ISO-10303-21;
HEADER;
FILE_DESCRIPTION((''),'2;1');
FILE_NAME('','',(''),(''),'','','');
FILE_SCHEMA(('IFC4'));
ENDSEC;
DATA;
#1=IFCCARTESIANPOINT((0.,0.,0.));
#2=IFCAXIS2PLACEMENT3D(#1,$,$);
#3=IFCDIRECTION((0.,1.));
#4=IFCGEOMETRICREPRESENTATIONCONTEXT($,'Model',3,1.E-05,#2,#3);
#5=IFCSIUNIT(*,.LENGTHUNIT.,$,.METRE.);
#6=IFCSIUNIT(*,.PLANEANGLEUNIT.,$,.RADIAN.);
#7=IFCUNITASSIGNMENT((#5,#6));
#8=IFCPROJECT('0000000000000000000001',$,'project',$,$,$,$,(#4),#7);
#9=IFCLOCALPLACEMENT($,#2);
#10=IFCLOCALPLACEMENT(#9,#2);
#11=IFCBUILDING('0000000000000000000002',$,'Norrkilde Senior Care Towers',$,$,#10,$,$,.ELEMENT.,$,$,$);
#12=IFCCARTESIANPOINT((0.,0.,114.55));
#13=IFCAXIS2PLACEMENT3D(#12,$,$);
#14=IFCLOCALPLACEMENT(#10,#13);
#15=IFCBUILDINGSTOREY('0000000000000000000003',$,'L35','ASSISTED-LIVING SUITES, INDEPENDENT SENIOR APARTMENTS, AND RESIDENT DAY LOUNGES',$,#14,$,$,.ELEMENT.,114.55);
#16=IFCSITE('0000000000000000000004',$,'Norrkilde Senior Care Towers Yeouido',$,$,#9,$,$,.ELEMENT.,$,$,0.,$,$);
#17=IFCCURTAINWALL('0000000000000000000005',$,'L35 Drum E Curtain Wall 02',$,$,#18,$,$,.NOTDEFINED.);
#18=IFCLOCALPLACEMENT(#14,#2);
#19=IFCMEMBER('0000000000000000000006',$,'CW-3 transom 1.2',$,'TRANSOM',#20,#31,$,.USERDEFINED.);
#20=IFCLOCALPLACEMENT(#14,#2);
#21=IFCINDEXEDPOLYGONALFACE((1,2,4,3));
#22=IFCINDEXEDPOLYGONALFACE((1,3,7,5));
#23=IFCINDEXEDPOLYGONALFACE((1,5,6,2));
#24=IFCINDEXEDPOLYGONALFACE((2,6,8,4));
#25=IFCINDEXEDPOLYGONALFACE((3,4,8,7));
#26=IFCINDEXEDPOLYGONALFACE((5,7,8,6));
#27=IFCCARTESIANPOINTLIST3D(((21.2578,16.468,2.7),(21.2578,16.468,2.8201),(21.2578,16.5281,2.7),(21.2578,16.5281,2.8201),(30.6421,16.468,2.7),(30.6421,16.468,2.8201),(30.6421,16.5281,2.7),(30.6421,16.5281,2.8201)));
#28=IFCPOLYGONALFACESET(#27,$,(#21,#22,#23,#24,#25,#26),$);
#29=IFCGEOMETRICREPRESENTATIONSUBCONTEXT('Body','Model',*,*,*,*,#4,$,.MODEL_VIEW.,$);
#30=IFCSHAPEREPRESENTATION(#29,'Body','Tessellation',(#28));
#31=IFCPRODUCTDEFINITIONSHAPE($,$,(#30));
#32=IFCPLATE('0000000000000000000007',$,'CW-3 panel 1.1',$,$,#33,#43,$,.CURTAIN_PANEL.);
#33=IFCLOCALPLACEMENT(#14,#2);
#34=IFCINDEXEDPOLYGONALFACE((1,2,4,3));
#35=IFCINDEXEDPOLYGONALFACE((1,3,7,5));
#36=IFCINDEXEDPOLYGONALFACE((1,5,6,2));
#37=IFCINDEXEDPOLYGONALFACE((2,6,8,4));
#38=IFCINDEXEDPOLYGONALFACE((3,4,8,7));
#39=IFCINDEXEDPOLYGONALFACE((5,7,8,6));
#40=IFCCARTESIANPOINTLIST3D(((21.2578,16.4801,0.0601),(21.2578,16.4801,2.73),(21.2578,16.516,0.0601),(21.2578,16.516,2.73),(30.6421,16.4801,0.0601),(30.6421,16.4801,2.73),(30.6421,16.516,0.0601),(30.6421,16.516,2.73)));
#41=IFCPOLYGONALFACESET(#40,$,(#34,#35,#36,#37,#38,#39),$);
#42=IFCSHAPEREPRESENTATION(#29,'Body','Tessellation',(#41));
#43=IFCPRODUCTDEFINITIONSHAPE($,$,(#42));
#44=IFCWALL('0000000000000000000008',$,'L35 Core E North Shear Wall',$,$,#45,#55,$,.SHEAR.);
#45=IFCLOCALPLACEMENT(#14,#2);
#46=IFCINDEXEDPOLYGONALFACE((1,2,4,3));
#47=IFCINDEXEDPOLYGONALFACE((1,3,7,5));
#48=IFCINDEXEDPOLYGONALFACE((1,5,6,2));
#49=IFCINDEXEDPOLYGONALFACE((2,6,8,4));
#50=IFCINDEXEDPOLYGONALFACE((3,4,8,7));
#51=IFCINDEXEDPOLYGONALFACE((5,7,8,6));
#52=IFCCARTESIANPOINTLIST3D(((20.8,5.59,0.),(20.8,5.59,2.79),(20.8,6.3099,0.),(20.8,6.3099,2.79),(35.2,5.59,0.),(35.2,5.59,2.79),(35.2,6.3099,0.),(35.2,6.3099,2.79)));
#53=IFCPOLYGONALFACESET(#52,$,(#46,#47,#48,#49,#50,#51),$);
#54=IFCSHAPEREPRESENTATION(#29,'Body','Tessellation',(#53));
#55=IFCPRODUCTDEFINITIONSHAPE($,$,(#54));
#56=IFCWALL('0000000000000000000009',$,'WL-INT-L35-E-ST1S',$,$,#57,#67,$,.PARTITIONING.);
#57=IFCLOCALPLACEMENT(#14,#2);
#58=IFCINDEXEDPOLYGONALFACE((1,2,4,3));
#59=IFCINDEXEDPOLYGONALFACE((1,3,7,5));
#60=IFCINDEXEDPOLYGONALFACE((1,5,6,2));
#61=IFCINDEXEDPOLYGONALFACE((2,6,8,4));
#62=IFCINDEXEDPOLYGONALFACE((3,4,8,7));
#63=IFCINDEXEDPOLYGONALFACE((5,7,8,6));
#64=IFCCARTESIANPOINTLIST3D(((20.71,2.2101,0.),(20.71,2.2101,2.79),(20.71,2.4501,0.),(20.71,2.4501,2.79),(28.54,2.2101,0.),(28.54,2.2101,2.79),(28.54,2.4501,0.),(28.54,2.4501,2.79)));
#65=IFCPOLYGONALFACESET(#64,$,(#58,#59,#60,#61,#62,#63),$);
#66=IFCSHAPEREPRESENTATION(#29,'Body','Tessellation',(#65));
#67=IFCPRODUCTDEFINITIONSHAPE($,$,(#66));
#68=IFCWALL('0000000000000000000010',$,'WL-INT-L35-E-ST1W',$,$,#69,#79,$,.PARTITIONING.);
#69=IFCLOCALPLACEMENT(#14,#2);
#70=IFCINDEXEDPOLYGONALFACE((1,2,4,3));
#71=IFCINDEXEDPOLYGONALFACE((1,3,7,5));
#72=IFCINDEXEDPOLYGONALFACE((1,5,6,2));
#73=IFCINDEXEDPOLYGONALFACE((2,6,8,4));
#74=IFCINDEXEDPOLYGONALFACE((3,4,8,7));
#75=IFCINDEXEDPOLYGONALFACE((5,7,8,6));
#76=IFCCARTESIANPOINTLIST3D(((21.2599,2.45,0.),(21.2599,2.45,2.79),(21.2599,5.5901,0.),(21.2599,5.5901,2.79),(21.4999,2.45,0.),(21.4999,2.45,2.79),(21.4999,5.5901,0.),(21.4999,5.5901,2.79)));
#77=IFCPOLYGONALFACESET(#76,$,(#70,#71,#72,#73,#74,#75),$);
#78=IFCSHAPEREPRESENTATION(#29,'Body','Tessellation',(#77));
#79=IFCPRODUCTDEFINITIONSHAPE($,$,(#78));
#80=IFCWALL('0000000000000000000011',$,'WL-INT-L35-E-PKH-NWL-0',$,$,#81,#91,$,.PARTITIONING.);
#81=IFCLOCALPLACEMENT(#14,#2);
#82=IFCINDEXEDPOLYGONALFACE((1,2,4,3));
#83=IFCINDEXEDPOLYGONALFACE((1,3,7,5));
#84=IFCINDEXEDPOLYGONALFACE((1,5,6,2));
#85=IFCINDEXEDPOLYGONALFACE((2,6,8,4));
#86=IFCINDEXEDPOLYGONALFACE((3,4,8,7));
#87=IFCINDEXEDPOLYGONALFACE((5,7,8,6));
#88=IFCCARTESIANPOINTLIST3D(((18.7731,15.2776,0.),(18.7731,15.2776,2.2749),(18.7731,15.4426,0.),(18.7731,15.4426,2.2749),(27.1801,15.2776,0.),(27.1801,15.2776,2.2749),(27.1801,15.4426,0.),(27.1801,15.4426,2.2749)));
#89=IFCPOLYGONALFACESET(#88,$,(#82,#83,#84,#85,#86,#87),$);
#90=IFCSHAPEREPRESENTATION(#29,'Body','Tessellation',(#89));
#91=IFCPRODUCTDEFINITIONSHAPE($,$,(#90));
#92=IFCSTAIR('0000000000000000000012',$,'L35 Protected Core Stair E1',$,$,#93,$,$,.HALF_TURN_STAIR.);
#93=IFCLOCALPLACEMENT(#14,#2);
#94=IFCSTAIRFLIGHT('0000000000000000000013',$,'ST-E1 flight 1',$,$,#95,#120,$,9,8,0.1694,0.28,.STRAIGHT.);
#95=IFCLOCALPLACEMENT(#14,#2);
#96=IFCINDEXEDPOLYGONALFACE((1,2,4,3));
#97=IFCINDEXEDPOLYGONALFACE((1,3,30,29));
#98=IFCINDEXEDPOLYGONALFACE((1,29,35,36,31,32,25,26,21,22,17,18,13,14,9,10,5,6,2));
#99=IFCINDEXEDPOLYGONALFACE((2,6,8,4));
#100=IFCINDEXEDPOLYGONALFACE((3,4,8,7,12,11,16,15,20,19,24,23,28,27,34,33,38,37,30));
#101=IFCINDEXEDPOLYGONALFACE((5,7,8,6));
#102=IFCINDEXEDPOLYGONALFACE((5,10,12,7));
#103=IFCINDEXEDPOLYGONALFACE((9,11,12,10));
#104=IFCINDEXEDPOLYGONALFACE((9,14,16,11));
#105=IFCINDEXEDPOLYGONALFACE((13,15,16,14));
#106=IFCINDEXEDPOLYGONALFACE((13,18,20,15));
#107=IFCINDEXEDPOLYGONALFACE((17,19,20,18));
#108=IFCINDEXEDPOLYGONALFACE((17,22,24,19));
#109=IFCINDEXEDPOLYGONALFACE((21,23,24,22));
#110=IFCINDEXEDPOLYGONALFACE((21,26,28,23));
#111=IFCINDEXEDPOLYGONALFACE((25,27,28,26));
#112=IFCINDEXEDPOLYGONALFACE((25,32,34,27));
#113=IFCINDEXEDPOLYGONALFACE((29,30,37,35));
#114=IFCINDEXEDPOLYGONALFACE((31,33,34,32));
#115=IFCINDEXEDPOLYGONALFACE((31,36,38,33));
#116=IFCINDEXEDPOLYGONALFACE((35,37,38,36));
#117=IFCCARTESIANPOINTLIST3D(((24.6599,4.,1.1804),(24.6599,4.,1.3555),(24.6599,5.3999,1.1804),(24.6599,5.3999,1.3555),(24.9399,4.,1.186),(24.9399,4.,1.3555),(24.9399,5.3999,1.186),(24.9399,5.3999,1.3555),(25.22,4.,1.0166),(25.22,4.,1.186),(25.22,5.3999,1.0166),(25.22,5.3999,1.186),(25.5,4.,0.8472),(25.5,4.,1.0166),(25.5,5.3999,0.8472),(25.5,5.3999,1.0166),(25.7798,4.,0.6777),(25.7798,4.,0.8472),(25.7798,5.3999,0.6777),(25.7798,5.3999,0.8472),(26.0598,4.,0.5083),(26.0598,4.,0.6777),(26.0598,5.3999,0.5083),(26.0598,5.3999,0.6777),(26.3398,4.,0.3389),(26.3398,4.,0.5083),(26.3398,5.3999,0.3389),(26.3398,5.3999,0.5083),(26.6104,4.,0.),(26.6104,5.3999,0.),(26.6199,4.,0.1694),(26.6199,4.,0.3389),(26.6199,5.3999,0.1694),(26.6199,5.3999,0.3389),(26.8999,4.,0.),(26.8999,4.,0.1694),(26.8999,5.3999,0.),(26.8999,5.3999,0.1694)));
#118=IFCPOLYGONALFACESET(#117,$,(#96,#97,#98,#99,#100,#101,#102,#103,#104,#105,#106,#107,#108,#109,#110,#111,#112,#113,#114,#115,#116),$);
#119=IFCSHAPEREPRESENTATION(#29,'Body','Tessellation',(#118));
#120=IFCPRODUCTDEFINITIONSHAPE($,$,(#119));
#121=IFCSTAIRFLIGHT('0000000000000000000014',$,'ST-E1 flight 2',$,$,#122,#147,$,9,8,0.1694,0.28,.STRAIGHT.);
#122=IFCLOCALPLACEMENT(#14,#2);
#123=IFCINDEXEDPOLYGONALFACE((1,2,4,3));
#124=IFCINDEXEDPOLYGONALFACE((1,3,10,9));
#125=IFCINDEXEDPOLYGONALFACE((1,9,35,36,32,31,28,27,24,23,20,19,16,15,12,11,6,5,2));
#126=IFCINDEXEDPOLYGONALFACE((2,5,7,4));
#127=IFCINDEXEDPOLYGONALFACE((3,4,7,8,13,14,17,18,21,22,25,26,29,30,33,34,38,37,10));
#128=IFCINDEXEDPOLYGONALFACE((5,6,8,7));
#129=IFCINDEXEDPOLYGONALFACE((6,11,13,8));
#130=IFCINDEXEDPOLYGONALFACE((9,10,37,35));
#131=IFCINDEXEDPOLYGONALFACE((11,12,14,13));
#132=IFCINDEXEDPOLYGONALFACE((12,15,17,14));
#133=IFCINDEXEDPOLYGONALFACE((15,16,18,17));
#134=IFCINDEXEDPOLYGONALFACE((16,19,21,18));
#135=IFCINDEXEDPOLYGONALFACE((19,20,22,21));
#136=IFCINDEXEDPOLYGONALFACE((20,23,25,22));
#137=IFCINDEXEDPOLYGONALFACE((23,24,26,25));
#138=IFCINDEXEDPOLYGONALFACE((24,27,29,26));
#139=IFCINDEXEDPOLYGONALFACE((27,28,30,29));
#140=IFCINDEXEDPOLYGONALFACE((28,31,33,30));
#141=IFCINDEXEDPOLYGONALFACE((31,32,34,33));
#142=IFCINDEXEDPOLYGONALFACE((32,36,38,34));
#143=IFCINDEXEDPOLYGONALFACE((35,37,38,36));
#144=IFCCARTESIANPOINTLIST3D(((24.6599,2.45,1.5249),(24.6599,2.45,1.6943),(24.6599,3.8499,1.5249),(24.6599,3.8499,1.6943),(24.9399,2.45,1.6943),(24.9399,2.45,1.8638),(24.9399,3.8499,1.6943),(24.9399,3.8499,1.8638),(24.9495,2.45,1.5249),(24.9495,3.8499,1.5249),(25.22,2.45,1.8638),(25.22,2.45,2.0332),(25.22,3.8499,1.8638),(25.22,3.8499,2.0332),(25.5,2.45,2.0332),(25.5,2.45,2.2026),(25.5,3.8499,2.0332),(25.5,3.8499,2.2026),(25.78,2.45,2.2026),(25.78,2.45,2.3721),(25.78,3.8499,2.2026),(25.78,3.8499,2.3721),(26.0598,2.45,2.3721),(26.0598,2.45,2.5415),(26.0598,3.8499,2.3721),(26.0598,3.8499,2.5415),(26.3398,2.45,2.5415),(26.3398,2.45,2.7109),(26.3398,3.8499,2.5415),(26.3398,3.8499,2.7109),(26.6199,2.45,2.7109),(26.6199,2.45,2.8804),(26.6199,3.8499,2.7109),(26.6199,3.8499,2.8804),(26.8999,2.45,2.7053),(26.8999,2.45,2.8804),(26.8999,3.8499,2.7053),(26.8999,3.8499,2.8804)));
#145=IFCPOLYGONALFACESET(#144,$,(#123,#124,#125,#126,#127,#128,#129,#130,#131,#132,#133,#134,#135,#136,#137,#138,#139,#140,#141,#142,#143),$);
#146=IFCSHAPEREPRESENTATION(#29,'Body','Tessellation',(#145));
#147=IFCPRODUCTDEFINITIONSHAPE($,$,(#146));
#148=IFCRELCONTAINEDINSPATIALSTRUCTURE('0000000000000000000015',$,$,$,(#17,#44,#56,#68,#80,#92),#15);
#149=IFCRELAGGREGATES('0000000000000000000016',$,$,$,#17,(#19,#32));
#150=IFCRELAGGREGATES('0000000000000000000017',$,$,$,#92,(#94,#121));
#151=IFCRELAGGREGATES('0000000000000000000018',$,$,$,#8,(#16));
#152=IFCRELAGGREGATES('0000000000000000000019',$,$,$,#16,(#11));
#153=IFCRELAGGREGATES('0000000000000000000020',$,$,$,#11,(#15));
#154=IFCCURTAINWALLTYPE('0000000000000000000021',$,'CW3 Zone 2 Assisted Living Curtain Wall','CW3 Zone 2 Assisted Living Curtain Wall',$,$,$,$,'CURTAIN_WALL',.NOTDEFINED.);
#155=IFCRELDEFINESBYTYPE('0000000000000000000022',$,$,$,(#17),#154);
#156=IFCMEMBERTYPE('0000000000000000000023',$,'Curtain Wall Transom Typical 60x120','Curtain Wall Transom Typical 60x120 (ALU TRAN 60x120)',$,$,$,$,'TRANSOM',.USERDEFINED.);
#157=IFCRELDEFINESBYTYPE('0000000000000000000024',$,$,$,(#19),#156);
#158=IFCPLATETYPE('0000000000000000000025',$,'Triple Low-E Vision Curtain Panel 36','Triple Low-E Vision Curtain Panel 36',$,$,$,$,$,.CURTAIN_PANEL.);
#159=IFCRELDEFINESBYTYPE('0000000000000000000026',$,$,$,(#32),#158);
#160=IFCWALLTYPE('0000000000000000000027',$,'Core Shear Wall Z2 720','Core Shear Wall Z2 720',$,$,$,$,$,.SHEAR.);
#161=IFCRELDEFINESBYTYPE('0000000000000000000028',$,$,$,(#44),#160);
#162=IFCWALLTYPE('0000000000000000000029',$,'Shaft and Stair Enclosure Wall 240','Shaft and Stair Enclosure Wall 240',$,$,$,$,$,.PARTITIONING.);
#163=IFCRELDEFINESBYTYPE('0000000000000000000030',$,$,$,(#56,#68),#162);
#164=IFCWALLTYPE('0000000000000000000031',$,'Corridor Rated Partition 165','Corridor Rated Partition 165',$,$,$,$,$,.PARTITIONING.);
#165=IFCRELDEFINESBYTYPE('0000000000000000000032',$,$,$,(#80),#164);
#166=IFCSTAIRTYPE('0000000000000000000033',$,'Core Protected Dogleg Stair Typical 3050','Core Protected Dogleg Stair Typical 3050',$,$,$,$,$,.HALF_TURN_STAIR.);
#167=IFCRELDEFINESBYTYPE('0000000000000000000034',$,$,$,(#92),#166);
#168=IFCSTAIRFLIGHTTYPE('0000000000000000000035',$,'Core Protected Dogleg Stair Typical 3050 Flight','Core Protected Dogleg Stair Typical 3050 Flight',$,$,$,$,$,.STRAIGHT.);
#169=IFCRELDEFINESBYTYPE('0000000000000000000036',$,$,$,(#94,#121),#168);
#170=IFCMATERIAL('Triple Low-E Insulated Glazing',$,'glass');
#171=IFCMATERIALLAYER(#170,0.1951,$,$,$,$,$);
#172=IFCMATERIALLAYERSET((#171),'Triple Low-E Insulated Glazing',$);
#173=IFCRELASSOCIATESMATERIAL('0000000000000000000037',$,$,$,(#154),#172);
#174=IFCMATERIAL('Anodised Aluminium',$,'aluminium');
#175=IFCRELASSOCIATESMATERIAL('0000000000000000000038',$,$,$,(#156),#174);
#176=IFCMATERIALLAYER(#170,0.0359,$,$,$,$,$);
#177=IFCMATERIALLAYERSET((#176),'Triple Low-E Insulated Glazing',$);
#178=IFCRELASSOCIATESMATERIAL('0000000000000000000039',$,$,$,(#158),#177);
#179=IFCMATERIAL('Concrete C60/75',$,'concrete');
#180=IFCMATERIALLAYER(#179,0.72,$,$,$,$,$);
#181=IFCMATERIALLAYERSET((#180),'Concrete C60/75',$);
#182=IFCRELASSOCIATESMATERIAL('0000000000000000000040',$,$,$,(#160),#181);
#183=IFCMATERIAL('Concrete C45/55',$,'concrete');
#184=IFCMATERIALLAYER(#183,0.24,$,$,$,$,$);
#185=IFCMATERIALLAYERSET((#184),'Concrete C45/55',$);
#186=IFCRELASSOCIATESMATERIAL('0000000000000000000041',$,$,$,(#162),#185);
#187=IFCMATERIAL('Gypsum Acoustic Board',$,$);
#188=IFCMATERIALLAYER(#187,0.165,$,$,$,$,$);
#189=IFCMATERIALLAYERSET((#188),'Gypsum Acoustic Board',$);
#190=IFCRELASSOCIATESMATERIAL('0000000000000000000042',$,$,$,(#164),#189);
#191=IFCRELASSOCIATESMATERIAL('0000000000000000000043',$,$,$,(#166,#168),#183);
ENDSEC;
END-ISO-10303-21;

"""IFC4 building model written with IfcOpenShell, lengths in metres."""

from ifc_helpers import new_model, si_unit, direction, frame, frame_2d, origin, origin_2d, place, context, subcontext, project, spatial, polyline, rectangle, outline, extrude, source, transform, mapped, material, layer, layer_set, material_profile, profile_set, type_object, type_shapes, element, aggregate, save


model = new_model("IFC4")

# Units and contexts
model_context = context("Model", 3, precision=1e-05, world=origin(), true_north=direction((0.0, 1.0)))
body_context = subcontext(model_context, "Body", "Model", "MODEL_VIEW")
ifc_project = project(units=[si_unit("LENGTHUNIT", "METRE"), si_unit("PLANEANGLEUNIT", "RADIAN")], contexts=[model_context])

# Site, building, storey
site_placement = place(None, origin())
site = spatial("IfcSite", under=ifc_project, at=site_placement, Name="Norrkilde Senior Care Towers Yeouido", CompositionType="ELEMENT", RefElevation=0.0)
building_placement = place(site_placement, origin())
building = spatial("IfcBuilding", under=site, at=building_placement, Name="Norrkilde Senior Care Towers", CompositionType="ELEMENT")
storey_placement = place(building_placement, frame((0.0, 0.0, 114.55)))
storey = spatial("IfcBuildingStorey", under=building, at=storey_placement, Name="L35", Description="ASSISTED-LIVING SUITES, INDEPENDENT SENIOR APARTMENTS, AND RESIDENT DAY LOUNGES", CompositionType="ELEMENT", Elevation=114.55)

# Shared definitions
ifc_material_1 = material(Name="Concrete C60/75", Category="concrete")

# Curtain wall, member, plate
ifc_material_2 = material(Name="Triple Low-E Insulated Glazing", Category="glass")
ifc_layer_1 = layer(ifc_material_2, 0.1951)
ifc_layer_set_1 = layer_set([ifc_layer_1], Name="Triple Low-E Insulated Glazing")
curtain_wall_type = type_object("IfcCurtainWallType", Name="CW3 Zone 2 Assisted Living Curtain Wall", Description="CW3 Zone 2 Assisted Living Curtain Wall", ElementType="CURTAIN_WALL", PredefinedType="NOTDEFINED", material=ifc_layer_set_1)
curtain_wall_placement = place(storey_placement, origin())
curtain_wall = element("IfcCurtainWall", 1, at=curtain_wall_placement, inside=storey, type_object=curtain_wall_type, Name="L35 Drum E Curtain Wall 02", PredefinedType="NOTDEFINED")
ifc_material_3 = material(Name="Anodised Aluminium", Category="aluminium")
ifc_material_profile_1 = material_profile(ifc_material_3, rectangle(XDim=0.0601, YDim=0.1201, at=origin_2d()), Name="ALU TRAN 60x120")
ifc_profile_set_1 = profile_set([ifc_material_profile_1], Name="Anodised Aluminium")
member_type_1 = type_object("IfcMemberType", Name="Curtain Wall Transom Typical 60x120", Description="Curtain Wall Transom Typical 60x120 (ALU TRAN 60x120)", ElementType="TRANSOM", PredefinedType="USERDEFINED", material=ifc_profile_set_1)
shared_shape_1 = source(origin(), body_context, "Body", "SweptSolid", [
    extrude(rectangle(XDim=0.0601, YDim=0.1201, at=origin_2d()), origin(), (0.0, 0.0, 1.0), 9.3843),
])
type_shapes(member_type_1, [shared_shape_1])
member_1_placement = place(storey_placement, frame((21.2578, 16.498, 2.76), z_axis=(1.0, 0.0, 0.0), x_axis=(0.0, 1.0, 0.0)))
member_1 = element("IfcMember", 2, at=member_1_placement, type_object=member_type_1, Name="CW-3 transom 1.2", ObjectType="TRANSOM", PredefinedType="USERDEFINED", context=body_context, shape_type="MappedRepresentation", body=[
    mapped(shared_shape_1, transform((0.0, 0.0, 0.0), x_axis=(1.0, 0.0, 0.0), y_axis=(0.0, 1.0, 0.0), z_axis=(0.0, 0.0, 1.0), scale=1.0)),
])
ifc_layer_2 = layer(ifc_material_2, 0.0359)
ifc_layer_set_2 = layer_set([ifc_layer_2], Name="Triple Low-E Insulated Glazing")
plate_type = type_object("IfcPlateType", Name="Triple Low-E Vision Curtain Panel 36", Description="Triple Low-E Vision Curtain Panel 36", PredefinedType="CURTAIN_PANEL", material=ifc_layer_set_2)
shared_shape_2 = source(origin(), body_context, "Body", "SweptSolid", [
    extrude(rectangle(XDim=9.3843, YDim=0.0359, at=origin_2d()), origin(), (0.0, 0.0, 1.0), 2.6699),
])
type_shapes(plate_type, [shared_shape_2])
plate_placement = place(storey_placement, frame((25.95, 16.498, 0.0601), z_axis=(0.0, 0.0, 1.0), x_axis=(1.0, 0.0, 0.0)))
plate = element("IfcPlate", 3, at=plate_placement, type_object=plate_type, Name="CW-3 panel 1.1", PredefinedType="CURTAIN_PANEL", context=body_context, shape_type="MappedRepresentation", body=[
    mapped(shared_shape_2, transform((0.0, 0.0, 0.0), x_axis=(1.0, 0.0, 0.0), y_axis=(0.0, 1.0, 0.0), z_axis=(0.0, 0.0, 1.0), scale=1.0)),
])
aggregate(curtain_wall, [member_1, plate])

# Walls
ifc_layer_3 = layer(ifc_material_1, 0.72)
ifc_layer_set_3 = layer_set([ifc_layer_3], Name="Concrete C60/75")
wall_type_1 = type_object("IfcWallType", Name="Core Shear Wall Z2 720", Description="Core Shear Wall Z2 720", PredefinedType="SHEAR", material=ifc_layer_set_3)
shared_shape_3 = source(origin(), body_context, "Body", "SweptSolid", [
    extrude(rectangle(XDim=14.3999, YDim=0.72, at=frame_2d((7.2, 0.0))), origin(), (0.0, 0.0, 1.0), 2.79),
])
type_shapes(wall_type_1, [shared_shape_3])
wall_1_placement = place(storey_placement, frame((20.8, 5.95, 0.0), z_axis=(0.0, 0.0, 1.0), x_axis=(1.0, 0.0, 0.0)))
element("IfcWall", 4, at=wall_1_placement, inside=storey, type_object=wall_type_1, Name="L35 Core E North Shear Wall", PredefinedType="SHEAR", context=body_context, shape_type="MappedRepresentation", body=[
    mapped(shared_shape_3, transform((0.0, 0.0, 0.0), x_axis=(1.0, 0.0, 0.0), y_axis=(0.0, 1.0, 0.0), z_axis=(0.0, 0.0, 1.0), scale=1.0)),
])
ifc_material_4 = material(Name="Concrete C45/55", Category="concrete")
ifc_layer_4 = layer(ifc_material_4, 0.24)
ifc_layer_set_4 = layer_set([ifc_layer_4], Name="Concrete C45/55")
wall_type_2 = type_object("IfcWallType", Name="Shaft and Stair Enclosure Wall 240", Description="Shaft and Stair Enclosure Wall 240", PredefinedType="PARTITIONING", material=ifc_layer_set_4)
shared_shape_4 = source(origin(), body_context, "Body", "SweptSolid", [
    extrude(rectangle(XDim=7.8301, YDim=0.24, at=frame_2d((3.915, 0.0))), origin(), (0.0, 0.0, 1.0), 2.79),
])
wall_2_placement = place(storey_placement, frame((20.71, 2.3301, 0.0), z_axis=(0.0, 0.0, 1.0), x_axis=(1.0, 0.0, 0.0)))
element("IfcWall", 5, at=wall_2_placement, inside=storey, type_object=wall_type_2, Name="WL-INT-L35-E-ST1S", PredefinedType="PARTITIONING", context=body_context, shape_type="MappedRepresentation", body=[
    mapped(shared_shape_4, transform((0.0, 0.0, 0.0), x_axis=(1.0, 0.0, 0.0), y_axis=(0.0, 1.0, 0.0), z_axis=(0.0, 0.0, 1.0), scale=1.0)),
])
shared_shape_5 = source(origin(), body_context, "Body", "SweptSolid", [
    extrude(rectangle(XDim=3.1401, YDim=0.24, at=frame_2d((1.5701, 0.0))), origin(), (0.0, 0.0, 1.0), 2.79),
])
type_shapes(wall_type_2, [shared_shape_4, shared_shape_5])
wall_3_placement = place(storey_placement, frame((21.3799, 2.45, 0.0), z_axis=(0.0, 0.0, 1.0), x_axis=(0.0, 1.0, 0.0)))
element("IfcWall", 6, at=wall_3_placement, inside=storey, type_object=wall_type_2, Name="WL-INT-L35-E-ST1W", PredefinedType="PARTITIONING", context=body_context, shape_type="MappedRepresentation", body=[
    mapped(shared_shape_5, transform((0.0, 0.0, 0.0), x_axis=(1.0, 0.0, 0.0), y_axis=(0.0, 1.0, 0.0), z_axis=(0.0, 0.0, 1.0), scale=1.0)),
])
ifc_material_5 = material(Name="Gypsum Acoustic Board")
ifc_layer_5 = layer(ifc_material_5, 0.165)
ifc_layer_set_5 = layer_set([ifc_layer_5], Name="Gypsum Acoustic Board")
wall_type_3 = type_object("IfcWallType", Name="Corridor Rated Partition 165", Description="Corridor Rated Partition 165", PredefinedType="PARTITIONING", material=ifc_layer_set_5)
shared_shape_6 = source(origin(), body_context, "Body", "SweptSolid", [
    extrude(rectangle(XDim=8.407, YDim=0.165, at=frame_2d((4.2036, 0.0))), origin(), (0.0, 0.0, 1.0), 2.2749),
])
type_shapes(wall_type_3, [shared_shape_6])
wall_4_placement = place(storey_placement, frame((18.7729, 15.3601, 0.0), z_axis=(0.0, 0.0, 1.0), x_axis=(1.0, 0.0, 0.0)))
element("IfcWall", 7, at=wall_4_placement, inside=storey, type_object=wall_type_3, Name="WL-INT-L35-E-PKH-NWL-0", PredefinedType="PARTITIONING", context=body_context, shape_type="MappedRepresentation", body=[
    mapped(shared_shape_6, transform((0.0, 0.0, 0.0), x_axis=(1.0, 0.0, 0.0), y_axis=(0.0, 1.0, 0.0), z_axis=(0.0, 0.0, 1.0), scale=1.0)),
])

# Stair, stair flights
stair_type = type_object("IfcStairType", Name="Core Protected Dogleg Stair Typical 3050", Description="Core Protected Dogleg Stair Typical 3050", PredefinedType="HALF_TURN_STAIR", material=ifc_material_4)
stair_placement = place(storey_placement, origin())
stair = element("IfcStair", 8, at=stair_placement, inside=storey, type_object=stair_type, Name="L35 Protected Core Stair E1", PredefinedType="HALF_TURN_STAIR")
stair_flight_type = type_object("IfcStairFlightType", Name="Core Protected Dogleg Stair Typical 3050 Flight", Description="Core Protected Dogleg Stair Typical 3050 Flight", PredefinedType="STRAIGHT", material=ifc_material_4)
stair_flight_1_placement = place(storey_placement, frame((26.8999, 4.7, 0.0), z_axis=(0.0, 0.0, 1.0), x_axis=(-1.0, 0.0, 0.0)))
stair_flight_1 = element("IfcStairFlight", 9, at=stair_flight_1_placement, type_object=stair_flight_type, Name="ST-E1 flight 1", NumberOfRisers=9, NumberOfTreads=8, PredefinedType="STRAIGHT", RiserHeight=0.1694, TreadLength=0.28, context=body_context, shape_type="SweptSolid", body=[
    extrude(outline(polyline([(0.0, 0.0), (0.0, 0.1694), (0.28, 0.1694), (0.28, 0.3389), (0.5601, 0.3389), (0.5601, 0.5083), (0.8401, 0.5083), (0.8401, 0.6777), (1.1201, 0.6777), (1.1201, 0.8472), (1.3999, 0.8472), (1.3999, 1.0166), (1.6799, 1.0166), (1.6799, 1.186), (1.96, 1.186), (1.96, 1.3555), (2.24, 1.3555), (2.24, 1.5249), (2.24, 1.1804), (0.2896, 0.0), (0.0, 0.0)])), frame((0.0, 0.7, 0.0), z_axis=(0.0, -1.0, 0.0), x_axis=(1.0, 0.0, 0.0)), (0.0, 0.0, 1.0), 1.3999),
])
stair_flight_2_placement = place(storey_placement, frame((24.6599, 3.1499, 1.5249), z_axis=(0.0, 0.0, 1.0), x_axis=(1.0, 0.0, 0.0)))
stair_flight_2 = element("IfcStairFlight", 10, at=stair_flight_2_placement, type_object=stair_flight_type, Name="ST-E1 flight 2", NumberOfRisers=9, NumberOfTreads=8, PredefinedType="STRAIGHT", RiserHeight=0.1694, TreadLength=0.28, context=body_context, shape_type="SweptSolid", body=[
    extrude(outline(polyline([(0.0, 0.0), (0.0, 0.1694), (0.28, 0.1694), (0.28, 0.3389), (0.5601, 0.3389), (0.5601, 0.5083), (0.8401, 0.5083), (0.8401, 0.6777), (1.1201, 0.6777), (1.1201, 0.8472), (1.3999, 0.8472), (1.3999, 1.0166), (1.6799, 1.0166), (1.6799, 1.186), (1.96, 1.186), (1.96, 1.3555), (2.24, 1.3555), (2.24, 1.5249), (2.24, 1.1804), (0.2896, 0.0), (0.0, 0.0)])), frame((0.0, 0.7, 0.0), z_axis=(0.0, -1.0, 0.0), x_axis=(1.0, 0.0, 0.0)), (0.0, 0.0, 1.0), 1.3999),
])
aggregate(stair, [stair_flight_1, stair_flight_2])

save(model, "model.ifc")
